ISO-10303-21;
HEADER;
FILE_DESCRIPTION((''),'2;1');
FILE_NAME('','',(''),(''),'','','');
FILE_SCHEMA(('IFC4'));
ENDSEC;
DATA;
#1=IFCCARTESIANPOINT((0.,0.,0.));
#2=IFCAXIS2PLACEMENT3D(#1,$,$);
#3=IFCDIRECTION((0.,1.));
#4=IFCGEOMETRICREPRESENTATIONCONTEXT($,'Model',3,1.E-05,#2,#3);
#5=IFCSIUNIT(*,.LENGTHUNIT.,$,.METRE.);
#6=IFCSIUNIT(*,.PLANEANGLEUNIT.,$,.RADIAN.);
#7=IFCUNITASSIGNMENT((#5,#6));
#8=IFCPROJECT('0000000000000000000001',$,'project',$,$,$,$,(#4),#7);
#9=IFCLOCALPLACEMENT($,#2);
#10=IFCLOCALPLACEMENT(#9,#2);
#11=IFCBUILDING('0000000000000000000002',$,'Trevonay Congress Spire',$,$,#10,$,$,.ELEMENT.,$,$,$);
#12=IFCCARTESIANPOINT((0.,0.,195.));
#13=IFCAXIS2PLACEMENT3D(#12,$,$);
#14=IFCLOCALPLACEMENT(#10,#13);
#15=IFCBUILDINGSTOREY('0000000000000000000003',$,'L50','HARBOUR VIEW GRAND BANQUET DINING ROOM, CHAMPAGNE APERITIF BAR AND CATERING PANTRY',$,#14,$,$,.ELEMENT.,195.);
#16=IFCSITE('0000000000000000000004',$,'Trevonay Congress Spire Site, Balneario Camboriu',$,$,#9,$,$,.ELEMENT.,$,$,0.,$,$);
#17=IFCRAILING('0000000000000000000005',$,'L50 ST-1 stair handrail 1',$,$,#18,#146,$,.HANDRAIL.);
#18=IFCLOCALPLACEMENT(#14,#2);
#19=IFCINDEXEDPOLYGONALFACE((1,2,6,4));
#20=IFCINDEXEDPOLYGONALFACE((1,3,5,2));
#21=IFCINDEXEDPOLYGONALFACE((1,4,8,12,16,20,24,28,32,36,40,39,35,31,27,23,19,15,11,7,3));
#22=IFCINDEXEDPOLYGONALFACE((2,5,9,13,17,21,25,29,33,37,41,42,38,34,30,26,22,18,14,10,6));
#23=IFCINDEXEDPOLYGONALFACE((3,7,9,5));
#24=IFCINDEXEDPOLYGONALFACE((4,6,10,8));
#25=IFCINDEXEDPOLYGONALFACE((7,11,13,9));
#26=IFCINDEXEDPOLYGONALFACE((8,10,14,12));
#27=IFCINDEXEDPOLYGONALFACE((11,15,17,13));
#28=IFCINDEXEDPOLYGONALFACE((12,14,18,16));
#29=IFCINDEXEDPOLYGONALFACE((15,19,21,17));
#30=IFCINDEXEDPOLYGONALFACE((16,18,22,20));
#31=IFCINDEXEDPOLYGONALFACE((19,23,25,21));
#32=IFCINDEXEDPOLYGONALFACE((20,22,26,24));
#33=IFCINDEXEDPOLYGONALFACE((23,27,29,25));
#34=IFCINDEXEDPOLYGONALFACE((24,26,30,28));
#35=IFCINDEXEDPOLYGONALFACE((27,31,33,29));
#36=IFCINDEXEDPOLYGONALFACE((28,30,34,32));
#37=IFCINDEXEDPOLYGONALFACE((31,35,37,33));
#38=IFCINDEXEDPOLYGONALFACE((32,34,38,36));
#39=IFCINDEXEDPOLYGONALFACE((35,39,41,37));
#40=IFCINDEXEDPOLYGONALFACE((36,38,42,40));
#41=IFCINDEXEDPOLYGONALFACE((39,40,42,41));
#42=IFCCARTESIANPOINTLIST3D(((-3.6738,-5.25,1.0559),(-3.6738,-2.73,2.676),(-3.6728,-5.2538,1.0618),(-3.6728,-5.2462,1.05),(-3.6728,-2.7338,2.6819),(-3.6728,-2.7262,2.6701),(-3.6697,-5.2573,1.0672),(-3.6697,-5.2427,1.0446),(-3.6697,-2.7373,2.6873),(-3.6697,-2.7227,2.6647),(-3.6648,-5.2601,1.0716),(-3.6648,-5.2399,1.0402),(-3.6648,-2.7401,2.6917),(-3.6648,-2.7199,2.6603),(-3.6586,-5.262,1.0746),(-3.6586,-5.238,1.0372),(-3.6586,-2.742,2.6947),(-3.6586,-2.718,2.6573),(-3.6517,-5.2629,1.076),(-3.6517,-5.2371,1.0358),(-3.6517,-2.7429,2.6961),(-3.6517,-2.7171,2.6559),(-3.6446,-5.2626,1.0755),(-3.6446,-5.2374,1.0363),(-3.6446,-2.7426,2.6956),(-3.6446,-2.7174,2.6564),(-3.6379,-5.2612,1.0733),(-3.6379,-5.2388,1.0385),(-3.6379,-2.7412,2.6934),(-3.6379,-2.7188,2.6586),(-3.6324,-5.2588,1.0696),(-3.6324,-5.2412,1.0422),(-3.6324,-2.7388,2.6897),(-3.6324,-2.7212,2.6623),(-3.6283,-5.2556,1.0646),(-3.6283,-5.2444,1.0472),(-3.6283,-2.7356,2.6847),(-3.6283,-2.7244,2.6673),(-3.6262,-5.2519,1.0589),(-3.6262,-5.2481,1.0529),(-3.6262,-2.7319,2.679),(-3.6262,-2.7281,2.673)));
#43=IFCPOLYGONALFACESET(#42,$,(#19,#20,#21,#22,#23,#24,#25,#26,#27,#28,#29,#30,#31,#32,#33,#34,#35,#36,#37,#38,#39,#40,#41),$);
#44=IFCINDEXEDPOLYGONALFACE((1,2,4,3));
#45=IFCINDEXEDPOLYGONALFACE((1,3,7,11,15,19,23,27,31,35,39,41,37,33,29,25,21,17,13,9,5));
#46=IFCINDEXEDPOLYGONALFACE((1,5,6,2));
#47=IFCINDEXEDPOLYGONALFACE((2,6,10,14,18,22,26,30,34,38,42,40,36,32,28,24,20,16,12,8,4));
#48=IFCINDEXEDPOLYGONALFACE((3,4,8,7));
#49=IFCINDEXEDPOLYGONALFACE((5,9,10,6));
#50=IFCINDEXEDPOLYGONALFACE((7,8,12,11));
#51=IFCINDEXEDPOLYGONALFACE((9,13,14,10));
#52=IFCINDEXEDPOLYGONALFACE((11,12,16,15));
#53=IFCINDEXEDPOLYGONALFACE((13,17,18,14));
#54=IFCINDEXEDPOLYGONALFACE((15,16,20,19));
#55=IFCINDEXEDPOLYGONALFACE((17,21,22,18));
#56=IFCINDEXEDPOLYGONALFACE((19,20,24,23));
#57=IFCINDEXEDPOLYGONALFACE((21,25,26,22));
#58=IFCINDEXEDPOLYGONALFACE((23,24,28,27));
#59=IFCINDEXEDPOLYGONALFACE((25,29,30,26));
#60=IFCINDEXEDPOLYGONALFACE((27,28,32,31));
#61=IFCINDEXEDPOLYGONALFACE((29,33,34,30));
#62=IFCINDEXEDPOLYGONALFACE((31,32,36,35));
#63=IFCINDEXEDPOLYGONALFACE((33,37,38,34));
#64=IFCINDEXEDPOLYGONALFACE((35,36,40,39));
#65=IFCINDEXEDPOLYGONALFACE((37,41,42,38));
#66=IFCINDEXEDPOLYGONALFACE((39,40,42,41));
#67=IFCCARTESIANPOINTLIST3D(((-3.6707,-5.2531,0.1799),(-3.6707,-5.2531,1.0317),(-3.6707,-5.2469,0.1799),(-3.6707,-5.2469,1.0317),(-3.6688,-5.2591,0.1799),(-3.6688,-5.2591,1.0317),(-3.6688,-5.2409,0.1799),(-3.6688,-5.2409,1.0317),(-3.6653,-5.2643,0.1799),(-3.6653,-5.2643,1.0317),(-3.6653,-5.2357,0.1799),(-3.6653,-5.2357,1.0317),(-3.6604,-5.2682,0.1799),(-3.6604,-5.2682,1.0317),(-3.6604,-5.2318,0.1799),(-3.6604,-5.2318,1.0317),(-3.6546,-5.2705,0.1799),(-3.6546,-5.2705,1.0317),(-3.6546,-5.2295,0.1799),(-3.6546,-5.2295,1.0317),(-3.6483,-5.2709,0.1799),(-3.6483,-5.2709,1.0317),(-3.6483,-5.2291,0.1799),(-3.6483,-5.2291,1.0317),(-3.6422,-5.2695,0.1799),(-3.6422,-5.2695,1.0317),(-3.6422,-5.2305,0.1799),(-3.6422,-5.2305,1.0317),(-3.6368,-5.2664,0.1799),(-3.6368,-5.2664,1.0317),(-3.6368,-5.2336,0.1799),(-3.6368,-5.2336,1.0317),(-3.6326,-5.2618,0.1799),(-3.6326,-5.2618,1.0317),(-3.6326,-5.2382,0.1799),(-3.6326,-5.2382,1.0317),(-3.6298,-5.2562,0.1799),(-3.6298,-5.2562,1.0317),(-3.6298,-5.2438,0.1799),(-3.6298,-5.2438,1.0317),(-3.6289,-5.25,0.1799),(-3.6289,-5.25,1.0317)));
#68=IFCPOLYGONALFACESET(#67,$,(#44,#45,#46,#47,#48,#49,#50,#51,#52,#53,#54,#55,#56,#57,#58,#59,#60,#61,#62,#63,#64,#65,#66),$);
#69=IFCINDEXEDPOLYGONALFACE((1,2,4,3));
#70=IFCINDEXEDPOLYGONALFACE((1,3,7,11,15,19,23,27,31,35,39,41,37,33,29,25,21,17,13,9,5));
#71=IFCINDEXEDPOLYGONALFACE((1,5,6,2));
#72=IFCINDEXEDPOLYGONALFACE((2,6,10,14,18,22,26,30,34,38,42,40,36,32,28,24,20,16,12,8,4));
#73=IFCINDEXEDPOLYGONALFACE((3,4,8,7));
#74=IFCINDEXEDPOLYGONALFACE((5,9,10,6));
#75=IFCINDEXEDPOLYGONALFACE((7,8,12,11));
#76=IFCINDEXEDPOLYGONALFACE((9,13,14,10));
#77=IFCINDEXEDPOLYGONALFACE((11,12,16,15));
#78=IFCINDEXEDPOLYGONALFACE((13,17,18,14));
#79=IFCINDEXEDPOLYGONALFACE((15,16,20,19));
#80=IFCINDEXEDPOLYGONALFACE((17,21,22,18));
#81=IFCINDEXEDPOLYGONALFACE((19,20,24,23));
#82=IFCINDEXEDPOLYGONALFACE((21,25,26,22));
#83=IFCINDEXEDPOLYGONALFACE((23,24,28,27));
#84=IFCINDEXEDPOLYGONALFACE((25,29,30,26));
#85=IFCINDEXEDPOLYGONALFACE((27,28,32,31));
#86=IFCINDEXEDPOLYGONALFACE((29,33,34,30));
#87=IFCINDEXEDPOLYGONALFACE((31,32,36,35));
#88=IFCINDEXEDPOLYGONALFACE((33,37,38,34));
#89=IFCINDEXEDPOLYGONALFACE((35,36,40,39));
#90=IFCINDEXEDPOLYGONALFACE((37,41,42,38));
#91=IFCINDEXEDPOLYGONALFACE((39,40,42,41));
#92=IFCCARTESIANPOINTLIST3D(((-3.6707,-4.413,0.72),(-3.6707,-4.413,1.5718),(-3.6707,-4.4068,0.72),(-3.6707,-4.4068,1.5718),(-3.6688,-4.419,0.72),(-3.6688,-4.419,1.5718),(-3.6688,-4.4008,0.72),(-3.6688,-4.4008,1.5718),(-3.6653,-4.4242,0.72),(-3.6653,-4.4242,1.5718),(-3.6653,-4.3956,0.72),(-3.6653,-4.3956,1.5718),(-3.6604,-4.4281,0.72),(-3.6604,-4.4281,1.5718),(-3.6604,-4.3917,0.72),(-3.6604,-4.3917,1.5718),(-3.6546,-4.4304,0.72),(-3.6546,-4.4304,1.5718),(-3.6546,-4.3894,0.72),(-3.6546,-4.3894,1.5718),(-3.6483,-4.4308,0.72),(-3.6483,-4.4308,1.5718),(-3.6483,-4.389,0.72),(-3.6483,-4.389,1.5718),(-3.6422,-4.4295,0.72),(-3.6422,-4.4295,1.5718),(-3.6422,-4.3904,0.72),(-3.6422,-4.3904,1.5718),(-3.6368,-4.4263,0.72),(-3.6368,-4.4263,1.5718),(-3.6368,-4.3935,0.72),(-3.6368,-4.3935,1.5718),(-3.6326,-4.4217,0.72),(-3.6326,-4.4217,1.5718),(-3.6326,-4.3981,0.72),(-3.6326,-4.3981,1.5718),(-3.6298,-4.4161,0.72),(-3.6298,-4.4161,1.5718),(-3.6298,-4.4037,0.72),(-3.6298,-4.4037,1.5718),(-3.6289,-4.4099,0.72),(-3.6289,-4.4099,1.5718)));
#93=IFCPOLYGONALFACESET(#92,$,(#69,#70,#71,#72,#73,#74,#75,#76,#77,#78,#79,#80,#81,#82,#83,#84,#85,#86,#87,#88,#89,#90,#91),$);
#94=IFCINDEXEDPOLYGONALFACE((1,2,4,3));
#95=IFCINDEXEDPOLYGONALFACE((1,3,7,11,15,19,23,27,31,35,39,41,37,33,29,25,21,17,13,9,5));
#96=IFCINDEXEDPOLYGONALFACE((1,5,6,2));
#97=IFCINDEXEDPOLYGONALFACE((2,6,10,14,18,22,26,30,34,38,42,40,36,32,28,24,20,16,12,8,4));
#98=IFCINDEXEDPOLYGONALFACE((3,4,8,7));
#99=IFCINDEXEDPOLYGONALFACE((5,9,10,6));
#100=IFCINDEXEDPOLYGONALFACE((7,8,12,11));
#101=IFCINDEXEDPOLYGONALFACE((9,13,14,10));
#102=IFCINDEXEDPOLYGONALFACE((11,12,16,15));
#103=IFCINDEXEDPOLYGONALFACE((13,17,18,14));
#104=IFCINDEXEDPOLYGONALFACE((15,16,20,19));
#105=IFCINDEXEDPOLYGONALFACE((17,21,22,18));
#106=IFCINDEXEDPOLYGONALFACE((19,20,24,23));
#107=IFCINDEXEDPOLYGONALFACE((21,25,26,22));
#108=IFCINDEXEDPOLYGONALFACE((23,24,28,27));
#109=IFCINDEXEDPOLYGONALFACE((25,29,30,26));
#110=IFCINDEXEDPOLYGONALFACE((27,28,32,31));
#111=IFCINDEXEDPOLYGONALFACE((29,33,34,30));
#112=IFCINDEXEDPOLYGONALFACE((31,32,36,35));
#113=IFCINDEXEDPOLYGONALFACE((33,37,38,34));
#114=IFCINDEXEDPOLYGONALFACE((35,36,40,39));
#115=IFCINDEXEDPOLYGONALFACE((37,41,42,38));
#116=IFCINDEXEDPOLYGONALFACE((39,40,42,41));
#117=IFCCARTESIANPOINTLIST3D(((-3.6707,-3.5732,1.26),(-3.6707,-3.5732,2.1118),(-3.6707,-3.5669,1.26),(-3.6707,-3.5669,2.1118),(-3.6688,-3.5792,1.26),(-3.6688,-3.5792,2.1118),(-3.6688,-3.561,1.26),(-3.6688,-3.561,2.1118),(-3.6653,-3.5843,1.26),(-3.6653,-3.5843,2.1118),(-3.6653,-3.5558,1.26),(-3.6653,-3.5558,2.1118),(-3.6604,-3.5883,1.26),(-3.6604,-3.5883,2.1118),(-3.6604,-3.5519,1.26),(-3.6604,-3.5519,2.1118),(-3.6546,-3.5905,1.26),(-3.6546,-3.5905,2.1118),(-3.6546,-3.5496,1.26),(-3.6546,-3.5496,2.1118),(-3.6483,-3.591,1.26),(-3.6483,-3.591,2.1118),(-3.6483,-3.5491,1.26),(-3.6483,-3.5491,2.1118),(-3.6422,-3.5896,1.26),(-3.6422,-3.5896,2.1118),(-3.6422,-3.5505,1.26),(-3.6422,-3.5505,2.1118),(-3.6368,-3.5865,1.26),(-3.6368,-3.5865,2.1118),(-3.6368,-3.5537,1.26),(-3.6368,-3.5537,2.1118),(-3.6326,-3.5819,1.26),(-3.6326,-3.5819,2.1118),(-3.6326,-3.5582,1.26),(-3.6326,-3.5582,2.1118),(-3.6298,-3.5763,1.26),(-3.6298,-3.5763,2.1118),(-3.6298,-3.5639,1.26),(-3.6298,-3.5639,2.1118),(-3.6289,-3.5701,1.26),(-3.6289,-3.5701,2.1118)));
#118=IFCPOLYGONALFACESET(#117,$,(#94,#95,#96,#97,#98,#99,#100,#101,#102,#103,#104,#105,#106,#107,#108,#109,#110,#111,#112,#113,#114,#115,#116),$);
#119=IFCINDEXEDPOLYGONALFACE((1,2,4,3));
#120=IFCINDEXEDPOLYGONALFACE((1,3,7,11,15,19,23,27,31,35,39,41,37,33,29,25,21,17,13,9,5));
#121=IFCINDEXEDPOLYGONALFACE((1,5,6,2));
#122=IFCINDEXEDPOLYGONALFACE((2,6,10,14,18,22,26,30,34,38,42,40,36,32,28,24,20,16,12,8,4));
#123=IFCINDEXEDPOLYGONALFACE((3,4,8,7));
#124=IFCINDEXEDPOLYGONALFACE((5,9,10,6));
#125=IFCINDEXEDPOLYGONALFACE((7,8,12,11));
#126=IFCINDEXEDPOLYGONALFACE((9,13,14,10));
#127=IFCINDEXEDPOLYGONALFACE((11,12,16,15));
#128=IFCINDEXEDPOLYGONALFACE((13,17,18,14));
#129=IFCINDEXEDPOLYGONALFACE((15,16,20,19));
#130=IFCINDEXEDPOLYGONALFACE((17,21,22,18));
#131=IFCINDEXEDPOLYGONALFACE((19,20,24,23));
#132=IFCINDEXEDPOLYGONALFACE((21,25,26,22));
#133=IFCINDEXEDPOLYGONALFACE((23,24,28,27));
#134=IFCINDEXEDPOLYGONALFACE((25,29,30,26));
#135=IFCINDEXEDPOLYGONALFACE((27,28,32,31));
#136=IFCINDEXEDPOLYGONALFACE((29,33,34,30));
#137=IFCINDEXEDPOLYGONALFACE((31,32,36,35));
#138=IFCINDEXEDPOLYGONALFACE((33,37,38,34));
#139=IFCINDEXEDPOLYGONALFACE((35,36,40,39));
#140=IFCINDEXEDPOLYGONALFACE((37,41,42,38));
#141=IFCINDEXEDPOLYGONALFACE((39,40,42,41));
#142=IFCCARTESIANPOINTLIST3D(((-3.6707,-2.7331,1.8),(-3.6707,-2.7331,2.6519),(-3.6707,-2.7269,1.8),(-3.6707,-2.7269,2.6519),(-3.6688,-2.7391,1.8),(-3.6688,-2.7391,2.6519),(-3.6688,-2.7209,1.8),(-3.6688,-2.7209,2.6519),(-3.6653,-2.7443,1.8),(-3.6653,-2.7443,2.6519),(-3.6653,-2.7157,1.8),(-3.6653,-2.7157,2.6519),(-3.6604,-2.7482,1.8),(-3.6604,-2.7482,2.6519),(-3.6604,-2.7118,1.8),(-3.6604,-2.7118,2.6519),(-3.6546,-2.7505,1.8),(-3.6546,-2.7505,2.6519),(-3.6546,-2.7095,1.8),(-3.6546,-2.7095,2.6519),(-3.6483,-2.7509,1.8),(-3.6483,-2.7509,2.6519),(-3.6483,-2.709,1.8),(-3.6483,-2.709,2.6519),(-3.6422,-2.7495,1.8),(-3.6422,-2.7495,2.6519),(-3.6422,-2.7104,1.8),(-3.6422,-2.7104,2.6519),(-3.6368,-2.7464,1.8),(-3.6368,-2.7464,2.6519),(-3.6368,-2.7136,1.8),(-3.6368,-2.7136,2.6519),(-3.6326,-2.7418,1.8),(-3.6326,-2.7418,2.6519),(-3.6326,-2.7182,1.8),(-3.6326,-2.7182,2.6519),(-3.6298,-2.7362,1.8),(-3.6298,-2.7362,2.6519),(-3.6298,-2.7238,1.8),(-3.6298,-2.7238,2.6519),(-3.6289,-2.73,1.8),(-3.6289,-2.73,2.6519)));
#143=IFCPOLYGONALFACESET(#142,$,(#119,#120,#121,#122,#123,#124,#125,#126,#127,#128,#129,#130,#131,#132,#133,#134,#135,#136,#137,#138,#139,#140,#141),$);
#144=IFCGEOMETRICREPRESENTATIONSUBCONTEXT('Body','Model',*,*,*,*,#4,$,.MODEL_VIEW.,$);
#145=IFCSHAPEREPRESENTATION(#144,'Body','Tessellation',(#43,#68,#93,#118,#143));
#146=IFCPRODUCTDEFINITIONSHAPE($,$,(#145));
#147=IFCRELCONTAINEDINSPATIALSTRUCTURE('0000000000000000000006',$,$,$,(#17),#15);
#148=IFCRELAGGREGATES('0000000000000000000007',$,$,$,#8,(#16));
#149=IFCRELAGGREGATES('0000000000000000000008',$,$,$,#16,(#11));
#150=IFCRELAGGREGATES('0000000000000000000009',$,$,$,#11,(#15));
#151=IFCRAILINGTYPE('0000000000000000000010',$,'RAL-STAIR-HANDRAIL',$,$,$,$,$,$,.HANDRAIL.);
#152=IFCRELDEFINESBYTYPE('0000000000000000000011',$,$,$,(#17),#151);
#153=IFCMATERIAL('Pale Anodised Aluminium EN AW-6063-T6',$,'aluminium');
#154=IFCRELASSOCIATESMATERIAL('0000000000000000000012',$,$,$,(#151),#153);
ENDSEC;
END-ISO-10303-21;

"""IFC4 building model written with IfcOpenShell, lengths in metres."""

from ifc_helpers import new_model, si_unit, direction, frame, origin, origin_2d, place, context, subcontext, project, spatial, circle, extrude, material, type_object, element, save


model = new_model("IFC4")

# Units and contexts
model_context = context("Model", 3, precision=1e-05, world=origin(), true_north=direction((0.0, 1.0)))
body_context = subcontext(model_context, "Body", "Model", "MODEL_VIEW")
ifc_project = project(units=[si_unit("LENGTHUNIT", "METRE"), si_unit("PLANEANGLEUNIT", "RADIAN")], contexts=[model_context])

# Site, building, storey
site_placement = place(None, origin())
site = spatial("IfcSite", under=ifc_project, at=site_placement, Name="Trevonay Congress Spire Site, Balneario Camboriu", CompositionType="ELEMENT", RefElevation=0.0)
building_placement = place(site_placement, origin())
building = spatial("IfcBuilding", under=site, at=building_placement, Name="Trevonay Congress Spire", CompositionType="ELEMENT")
storey_placement = place(building_placement, frame((0.0, 0.0, 195.0)))
storey = spatial("IfcBuildingStorey", under=building, at=storey_placement, Name="L50", Description="HARBOUR VIEW GRAND BANQUET DINING ROOM, CHAMPAGNE APERITIF BAR AND CATERING PANTRY", CompositionType="ELEMENT", Elevation=195.0)

# Shared definitions
ifc_material_1 = material(Name="Pale Anodised Aluminium EN AW-6063-T6", Category="aluminium")

# Railing
railing_type_1 = type_object("IfcRailingType", Name="RAL-STAIR-HANDRAIL", PredefinedType="HANDRAIL", material=ifc_material_1)
railing_1_placement = place(storey_placement, frame((-3.6499, -5.25, 0.1799)))
element("IfcRailing", 1, at=railing_1_placement, inside=storey, type_object=railing_type_1, Name="L50 ST-1 stair handrail 1", PredefinedType="HANDRAIL", context=body_context, shape_type="SweptSolid", body=[
    extrude(circle(Radius=0.0239, at=origin_2d()), frame((0.0, 0.0, 0.876), z_axis=(0.0, 0.841163, 0.540782), x_axis=(-1.0, 0.0, 0.0)), (0.0, 0.0, 1.0), 2.9958),
    extrude(circle(Radius=0.021, at=origin_2d()), origin(), (0.0, 0.0, 1.0), 0.8518),
    extrude(circle(Radius=0.021, at=origin_2d()), frame((0.0, 0.8401, 0.54)), (0.0, 0.0, 1.0), 0.8518),
    extrude(circle(Radius=0.021, at=origin_2d()), frame((0.0, 1.6799, 1.0801)), (0.0, 0.0, 1.0), 0.8518),
    extrude(circle(Radius=0.021, at=origin_2d()), frame((0.0, 2.52, 1.6201)), (0.0, 0.0, 1.0), 0.8518),
])

save(model, "model.ifc")
